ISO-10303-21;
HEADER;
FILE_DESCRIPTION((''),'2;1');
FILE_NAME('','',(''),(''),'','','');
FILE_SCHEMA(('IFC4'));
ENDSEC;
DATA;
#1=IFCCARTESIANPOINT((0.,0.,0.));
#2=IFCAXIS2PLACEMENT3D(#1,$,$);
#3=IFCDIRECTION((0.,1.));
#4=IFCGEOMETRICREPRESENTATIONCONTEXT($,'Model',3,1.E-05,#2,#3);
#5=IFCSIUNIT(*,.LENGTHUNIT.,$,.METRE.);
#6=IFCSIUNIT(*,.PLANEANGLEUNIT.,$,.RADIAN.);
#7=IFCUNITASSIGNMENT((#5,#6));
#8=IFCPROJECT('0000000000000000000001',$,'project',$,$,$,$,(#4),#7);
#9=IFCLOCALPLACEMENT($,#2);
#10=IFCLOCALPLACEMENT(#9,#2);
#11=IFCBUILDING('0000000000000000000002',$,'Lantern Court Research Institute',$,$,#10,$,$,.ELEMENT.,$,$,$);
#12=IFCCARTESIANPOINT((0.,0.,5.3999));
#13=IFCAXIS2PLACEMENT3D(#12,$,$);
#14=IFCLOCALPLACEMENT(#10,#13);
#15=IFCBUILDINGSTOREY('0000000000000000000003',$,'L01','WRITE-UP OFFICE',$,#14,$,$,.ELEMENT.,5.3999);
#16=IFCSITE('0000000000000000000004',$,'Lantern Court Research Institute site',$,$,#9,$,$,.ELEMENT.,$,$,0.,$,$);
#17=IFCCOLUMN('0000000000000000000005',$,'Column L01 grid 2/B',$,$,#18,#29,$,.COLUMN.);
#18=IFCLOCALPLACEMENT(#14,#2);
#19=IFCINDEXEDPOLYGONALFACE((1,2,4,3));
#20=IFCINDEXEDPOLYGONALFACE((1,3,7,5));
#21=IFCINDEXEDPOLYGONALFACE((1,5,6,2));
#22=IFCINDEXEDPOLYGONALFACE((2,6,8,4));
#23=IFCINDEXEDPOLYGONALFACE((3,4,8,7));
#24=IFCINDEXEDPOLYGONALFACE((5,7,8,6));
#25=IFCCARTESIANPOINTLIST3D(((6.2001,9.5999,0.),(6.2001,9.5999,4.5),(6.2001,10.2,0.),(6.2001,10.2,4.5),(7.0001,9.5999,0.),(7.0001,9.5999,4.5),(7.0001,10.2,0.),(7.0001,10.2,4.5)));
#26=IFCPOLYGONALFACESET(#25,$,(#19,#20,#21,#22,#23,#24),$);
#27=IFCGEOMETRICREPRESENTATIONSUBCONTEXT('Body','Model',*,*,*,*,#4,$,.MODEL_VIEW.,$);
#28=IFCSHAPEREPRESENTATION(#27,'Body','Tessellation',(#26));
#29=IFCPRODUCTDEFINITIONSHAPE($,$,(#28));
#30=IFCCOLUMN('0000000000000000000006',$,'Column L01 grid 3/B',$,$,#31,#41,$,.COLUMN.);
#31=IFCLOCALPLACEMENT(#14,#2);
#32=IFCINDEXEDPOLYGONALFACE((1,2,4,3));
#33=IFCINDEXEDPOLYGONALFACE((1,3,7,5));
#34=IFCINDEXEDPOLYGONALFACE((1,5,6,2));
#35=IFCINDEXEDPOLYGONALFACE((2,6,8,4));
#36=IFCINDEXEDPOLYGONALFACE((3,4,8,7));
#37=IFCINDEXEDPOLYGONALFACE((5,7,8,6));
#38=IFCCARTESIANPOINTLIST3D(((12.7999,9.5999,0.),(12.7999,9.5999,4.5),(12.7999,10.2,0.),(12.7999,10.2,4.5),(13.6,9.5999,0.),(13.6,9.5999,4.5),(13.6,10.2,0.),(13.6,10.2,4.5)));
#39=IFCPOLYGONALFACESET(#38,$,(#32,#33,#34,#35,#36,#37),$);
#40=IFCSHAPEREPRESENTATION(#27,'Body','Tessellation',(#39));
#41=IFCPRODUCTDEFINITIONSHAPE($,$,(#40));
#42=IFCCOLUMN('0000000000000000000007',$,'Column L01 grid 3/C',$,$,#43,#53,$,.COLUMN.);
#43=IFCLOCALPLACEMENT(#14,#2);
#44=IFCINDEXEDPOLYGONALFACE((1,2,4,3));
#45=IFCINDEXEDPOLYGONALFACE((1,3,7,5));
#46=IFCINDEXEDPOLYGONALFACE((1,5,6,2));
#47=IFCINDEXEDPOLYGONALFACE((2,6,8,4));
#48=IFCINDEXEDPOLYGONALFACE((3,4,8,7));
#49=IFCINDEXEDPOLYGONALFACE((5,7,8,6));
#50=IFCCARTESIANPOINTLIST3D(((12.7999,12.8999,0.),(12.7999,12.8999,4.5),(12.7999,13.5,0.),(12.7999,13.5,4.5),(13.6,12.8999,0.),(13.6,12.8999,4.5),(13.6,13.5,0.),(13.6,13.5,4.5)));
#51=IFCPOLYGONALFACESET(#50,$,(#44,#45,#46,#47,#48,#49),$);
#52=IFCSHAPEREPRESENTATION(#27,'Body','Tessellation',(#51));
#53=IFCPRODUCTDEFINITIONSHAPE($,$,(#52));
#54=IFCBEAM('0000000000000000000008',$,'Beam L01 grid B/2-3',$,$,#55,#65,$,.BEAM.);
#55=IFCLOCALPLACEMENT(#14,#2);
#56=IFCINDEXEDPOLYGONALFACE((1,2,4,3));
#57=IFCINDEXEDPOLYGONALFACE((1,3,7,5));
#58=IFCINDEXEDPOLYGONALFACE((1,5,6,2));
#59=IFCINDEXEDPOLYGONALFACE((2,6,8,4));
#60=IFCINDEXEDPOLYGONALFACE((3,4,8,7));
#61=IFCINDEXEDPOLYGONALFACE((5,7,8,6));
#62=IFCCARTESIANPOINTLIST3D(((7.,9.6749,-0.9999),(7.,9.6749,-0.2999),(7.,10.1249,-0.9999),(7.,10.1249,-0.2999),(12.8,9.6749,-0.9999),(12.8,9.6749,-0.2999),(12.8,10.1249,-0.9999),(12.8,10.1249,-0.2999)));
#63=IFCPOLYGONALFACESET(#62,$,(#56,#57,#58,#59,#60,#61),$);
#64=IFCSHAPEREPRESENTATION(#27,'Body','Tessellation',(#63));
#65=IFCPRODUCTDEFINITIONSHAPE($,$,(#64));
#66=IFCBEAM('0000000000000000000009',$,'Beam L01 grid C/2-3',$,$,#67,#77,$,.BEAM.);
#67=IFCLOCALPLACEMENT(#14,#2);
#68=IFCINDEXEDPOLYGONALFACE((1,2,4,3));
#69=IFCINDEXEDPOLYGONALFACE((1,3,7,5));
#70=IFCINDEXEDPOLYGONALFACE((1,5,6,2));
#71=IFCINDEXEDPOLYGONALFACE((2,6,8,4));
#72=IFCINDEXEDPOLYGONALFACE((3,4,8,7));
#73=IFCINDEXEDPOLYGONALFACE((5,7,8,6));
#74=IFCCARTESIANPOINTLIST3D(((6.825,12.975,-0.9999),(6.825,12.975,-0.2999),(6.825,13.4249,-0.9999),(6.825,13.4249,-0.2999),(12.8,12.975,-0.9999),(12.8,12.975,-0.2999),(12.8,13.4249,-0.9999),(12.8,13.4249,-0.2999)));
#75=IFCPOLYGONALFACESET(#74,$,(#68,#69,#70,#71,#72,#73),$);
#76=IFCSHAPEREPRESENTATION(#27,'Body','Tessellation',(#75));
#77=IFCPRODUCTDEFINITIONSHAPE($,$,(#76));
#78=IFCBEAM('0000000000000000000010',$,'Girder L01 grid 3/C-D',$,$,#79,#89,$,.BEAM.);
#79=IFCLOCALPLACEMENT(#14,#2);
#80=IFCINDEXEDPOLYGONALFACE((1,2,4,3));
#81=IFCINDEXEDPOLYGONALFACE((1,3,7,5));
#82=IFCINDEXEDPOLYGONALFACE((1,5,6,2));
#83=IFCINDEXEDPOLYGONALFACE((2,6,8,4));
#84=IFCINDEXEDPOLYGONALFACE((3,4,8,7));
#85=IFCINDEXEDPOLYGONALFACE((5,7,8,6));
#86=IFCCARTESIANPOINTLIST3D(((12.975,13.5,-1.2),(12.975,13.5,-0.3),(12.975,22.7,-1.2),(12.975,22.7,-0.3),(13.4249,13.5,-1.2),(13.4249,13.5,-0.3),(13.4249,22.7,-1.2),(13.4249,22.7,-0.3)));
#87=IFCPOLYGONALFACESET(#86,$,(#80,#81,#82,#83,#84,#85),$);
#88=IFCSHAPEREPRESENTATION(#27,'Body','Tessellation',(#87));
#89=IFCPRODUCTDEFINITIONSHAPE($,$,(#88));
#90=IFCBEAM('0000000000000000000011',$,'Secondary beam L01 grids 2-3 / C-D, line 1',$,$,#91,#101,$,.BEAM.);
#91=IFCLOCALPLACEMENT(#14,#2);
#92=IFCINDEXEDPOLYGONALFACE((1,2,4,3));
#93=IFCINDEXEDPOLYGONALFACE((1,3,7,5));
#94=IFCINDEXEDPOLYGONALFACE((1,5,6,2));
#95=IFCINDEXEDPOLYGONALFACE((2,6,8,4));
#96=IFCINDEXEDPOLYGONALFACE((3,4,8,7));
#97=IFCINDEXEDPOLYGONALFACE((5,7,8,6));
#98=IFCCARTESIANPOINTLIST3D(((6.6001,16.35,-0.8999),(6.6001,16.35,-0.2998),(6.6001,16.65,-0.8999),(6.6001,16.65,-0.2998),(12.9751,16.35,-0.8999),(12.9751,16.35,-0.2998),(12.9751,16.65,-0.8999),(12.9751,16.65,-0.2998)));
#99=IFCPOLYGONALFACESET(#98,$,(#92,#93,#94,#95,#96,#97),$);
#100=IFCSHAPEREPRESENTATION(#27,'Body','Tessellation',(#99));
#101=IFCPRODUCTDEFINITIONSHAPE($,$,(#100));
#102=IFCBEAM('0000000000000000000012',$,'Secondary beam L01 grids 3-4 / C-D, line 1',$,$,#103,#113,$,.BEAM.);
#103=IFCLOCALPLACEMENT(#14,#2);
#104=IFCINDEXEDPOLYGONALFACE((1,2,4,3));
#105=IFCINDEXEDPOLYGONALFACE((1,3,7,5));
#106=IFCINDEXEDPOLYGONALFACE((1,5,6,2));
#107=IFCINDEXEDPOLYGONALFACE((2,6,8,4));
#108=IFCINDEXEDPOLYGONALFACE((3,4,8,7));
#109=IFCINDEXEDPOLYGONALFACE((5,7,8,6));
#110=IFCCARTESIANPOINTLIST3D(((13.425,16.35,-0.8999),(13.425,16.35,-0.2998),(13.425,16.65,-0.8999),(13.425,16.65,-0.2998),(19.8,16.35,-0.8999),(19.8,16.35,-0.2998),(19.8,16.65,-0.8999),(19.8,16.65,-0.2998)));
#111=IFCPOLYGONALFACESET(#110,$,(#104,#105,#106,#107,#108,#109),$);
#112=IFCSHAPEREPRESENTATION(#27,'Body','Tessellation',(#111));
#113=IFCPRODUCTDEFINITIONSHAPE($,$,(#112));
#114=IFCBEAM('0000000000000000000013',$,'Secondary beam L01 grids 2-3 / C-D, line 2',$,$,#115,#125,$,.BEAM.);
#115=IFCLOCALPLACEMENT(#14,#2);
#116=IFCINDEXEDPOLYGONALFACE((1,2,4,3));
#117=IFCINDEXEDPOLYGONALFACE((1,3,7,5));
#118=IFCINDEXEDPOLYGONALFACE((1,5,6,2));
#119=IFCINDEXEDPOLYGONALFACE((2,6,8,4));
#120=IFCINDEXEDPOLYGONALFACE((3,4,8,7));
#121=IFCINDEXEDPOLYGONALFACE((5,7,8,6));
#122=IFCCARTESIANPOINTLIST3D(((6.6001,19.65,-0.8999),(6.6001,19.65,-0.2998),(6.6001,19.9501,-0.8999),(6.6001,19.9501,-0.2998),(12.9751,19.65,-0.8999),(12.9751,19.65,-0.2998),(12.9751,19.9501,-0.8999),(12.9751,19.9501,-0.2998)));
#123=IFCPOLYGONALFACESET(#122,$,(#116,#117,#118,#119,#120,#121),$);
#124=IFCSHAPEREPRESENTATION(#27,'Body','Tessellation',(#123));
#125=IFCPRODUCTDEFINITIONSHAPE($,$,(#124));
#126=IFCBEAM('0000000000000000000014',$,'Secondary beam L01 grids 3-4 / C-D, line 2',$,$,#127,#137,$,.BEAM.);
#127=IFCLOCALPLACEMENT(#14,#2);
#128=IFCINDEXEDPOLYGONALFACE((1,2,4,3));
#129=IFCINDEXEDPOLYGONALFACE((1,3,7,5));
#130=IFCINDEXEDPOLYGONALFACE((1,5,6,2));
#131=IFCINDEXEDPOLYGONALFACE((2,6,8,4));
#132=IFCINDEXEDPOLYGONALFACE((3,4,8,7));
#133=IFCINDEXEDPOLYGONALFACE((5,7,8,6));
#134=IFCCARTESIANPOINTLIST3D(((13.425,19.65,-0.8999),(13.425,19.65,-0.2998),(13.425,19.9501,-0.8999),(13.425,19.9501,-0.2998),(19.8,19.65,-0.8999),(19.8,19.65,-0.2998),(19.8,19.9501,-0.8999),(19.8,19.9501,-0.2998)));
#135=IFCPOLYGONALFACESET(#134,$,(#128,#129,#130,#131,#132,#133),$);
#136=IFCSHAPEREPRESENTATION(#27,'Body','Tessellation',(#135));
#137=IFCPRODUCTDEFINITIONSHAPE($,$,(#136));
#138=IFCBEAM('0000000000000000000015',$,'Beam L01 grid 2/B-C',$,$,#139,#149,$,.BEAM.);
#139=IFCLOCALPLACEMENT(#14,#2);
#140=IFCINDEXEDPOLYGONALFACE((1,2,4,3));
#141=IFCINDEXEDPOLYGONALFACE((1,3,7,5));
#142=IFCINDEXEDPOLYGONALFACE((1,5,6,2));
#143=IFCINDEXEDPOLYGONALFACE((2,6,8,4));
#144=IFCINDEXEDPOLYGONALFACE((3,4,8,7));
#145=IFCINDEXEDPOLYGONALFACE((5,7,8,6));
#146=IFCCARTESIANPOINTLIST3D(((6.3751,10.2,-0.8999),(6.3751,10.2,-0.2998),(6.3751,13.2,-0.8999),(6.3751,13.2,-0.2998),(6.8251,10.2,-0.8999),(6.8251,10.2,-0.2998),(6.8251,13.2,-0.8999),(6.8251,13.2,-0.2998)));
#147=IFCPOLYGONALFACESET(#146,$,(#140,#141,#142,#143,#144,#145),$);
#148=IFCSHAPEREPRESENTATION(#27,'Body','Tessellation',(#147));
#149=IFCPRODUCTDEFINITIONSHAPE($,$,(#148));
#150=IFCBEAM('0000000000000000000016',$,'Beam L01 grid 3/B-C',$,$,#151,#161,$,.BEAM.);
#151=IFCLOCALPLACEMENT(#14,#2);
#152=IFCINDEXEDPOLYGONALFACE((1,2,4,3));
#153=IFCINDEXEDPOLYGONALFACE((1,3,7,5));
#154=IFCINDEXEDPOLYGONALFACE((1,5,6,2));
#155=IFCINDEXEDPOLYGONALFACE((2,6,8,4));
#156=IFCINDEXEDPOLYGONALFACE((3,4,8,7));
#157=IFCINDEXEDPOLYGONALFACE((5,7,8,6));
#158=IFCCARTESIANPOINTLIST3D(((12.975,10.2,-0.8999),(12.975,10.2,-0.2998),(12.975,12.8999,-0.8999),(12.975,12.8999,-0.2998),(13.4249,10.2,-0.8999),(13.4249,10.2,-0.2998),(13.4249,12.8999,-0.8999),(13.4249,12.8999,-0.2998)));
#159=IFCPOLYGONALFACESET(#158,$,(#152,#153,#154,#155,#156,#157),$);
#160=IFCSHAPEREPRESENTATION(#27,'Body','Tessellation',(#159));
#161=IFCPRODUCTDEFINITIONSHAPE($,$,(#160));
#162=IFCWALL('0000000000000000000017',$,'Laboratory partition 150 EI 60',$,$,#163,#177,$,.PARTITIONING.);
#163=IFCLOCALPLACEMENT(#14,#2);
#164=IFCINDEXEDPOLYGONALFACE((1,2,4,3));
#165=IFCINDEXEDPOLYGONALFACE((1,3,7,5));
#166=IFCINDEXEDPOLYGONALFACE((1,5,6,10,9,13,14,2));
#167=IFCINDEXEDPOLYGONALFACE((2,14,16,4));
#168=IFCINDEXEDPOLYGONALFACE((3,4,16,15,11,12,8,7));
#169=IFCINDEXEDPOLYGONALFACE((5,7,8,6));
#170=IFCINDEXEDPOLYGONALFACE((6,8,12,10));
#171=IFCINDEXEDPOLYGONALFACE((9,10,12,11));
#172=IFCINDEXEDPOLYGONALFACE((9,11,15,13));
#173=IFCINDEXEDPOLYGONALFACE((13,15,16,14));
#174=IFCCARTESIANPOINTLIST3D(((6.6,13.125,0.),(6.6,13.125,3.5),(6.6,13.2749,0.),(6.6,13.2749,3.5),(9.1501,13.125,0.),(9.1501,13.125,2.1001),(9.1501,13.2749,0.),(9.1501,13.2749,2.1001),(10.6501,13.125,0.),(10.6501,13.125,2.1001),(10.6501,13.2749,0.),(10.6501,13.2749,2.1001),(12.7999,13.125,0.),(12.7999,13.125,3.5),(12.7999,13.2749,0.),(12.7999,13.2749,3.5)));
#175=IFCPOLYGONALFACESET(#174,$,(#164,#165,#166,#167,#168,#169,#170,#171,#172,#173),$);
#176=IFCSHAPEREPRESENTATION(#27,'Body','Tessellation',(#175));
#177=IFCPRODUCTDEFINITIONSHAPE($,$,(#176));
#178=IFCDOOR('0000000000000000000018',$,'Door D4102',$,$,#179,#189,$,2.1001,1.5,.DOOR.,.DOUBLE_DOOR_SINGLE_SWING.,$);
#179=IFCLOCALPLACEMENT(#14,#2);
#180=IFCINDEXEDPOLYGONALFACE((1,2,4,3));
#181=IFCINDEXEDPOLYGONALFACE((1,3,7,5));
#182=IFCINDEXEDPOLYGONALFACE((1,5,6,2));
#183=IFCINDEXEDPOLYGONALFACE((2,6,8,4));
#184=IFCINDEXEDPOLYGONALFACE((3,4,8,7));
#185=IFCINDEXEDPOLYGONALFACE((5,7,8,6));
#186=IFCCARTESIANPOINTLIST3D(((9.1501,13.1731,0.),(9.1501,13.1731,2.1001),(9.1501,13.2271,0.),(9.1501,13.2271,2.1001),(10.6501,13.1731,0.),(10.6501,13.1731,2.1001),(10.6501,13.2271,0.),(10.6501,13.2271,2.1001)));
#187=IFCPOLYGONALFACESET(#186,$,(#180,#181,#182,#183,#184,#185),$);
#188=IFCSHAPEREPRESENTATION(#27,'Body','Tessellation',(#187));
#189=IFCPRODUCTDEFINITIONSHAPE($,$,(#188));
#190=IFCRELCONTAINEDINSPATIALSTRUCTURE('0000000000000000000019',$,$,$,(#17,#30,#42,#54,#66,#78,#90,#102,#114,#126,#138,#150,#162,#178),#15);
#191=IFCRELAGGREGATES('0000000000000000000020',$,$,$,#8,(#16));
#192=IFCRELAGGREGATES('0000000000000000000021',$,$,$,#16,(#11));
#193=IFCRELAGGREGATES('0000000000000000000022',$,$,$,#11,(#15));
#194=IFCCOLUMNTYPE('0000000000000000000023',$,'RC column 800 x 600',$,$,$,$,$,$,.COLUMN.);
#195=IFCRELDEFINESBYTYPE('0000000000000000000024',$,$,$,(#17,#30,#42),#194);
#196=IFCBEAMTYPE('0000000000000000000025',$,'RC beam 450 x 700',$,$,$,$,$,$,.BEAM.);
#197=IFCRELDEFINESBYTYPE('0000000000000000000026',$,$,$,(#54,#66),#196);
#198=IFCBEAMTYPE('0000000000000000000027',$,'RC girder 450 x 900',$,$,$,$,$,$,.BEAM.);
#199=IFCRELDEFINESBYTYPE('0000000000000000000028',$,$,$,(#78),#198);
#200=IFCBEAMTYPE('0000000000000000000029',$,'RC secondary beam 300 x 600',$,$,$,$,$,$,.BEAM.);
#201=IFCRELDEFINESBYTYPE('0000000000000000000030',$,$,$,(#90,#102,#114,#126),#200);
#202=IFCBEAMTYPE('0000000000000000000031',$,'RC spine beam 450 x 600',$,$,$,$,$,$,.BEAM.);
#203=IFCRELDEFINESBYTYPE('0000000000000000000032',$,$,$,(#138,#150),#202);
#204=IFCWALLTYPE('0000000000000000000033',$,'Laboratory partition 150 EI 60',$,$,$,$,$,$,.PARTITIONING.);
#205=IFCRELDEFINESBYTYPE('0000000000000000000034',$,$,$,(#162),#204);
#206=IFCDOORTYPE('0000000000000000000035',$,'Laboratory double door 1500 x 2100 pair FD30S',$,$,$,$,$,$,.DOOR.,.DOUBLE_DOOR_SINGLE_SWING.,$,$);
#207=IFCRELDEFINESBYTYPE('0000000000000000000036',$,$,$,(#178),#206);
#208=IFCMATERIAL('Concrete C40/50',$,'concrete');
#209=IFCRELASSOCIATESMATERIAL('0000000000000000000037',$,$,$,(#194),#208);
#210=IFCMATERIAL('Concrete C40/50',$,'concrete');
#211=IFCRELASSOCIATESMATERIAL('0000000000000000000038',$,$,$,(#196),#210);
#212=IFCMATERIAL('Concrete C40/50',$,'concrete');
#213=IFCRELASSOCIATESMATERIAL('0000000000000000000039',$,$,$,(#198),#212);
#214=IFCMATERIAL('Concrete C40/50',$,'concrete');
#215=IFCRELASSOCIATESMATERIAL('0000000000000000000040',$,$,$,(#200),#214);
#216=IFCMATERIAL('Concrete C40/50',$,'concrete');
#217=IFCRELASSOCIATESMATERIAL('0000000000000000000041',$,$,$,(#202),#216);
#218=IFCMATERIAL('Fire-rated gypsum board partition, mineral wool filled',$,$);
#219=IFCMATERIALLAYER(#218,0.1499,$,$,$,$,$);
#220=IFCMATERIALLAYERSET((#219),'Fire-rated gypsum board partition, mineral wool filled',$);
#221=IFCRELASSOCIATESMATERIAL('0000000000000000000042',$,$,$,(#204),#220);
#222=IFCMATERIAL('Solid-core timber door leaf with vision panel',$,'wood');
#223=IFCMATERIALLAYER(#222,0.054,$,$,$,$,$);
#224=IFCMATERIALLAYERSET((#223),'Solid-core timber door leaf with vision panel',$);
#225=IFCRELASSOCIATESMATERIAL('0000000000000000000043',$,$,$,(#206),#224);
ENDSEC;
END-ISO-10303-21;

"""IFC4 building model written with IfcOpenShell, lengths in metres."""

from ifc_helpers import new_model, si_unit, direction, frame, frame_2d, origin, origin_2d, place, context, subcontext, project, spatial, rectangle, extrude, material, layer, layer_set, material_profile, profile_set, type_object, element, fill, save


model = new_model("IFC4")

# Units and contexts
model_context = context("Model", 3, precision=1e-05, world=origin(), true_north=direction((0.0, 1.0)))
body_context = subcontext(model_context, "Body", "Model", "MODEL_VIEW")
ifc_project = project(units=[si_unit("LENGTHUNIT", "METRE"), si_unit("PLANEANGLEUNIT", "RADIAN")], contexts=[model_context])

# Site, building, storey
site_placement = place(None, origin())
site = spatial("IfcSite", under=ifc_project, at=site_placement, Name="Lantern Court Research Institute site", CompositionType="ELEMENT", RefElevation=0.0)
building_placement = place(site_placement, origin())
building = spatial("IfcBuilding", under=site, at=building_placement, Name="Lantern Court Research Institute", CompositionType="ELEMENT")
storey_placement = place(building_placement, frame((0.0, 0.0, 5.3999)))
storey = spatial("IfcBuildingStorey", under=building, at=storey_placement, Name="L01", Description="WRITE-UP OFFICE", CompositionType="ELEMENT", Elevation=5.3999)

# Columns
ifc_material_1 = material(Name="Concrete C40/50", Category="concrete")
ifc_material_profile_1 = material_profile(ifc_material_1, rectangle(XDim=0.8, YDim=0.6001, at=origin_2d()), Name="RC column 800 x 600")
ifc_profile_set_1 = profile_set([ifc_material_profile_1], Name="Concrete C40/50")
column_type = type_object("IfcColumnType", Name="RC column 800 x 600", PredefinedType="COLUMN", material=ifc_profile_set_1)
for number, where, z_axis, x_axis, name in (
    (1, (6.6001, 9.8999, 0.0), (0.0, 0.0, 1.0), (1.0, 0.0, 0.0), "Column L01 grid 2/B"),
    (2, (13.2, 9.8999, 0.0), (0.0, 0.0, 1.0), (1.0, 0.0, 0.0), "Column L01 grid 3/B"),
    (3, (13.2, 13.2, 0.0), (0.0, 0.0, 1.0), (1.0, 0.0, 0.0), "Column L01 grid 3/C"),
):
    element("IfcColumn", number, at=place(storey_placement, frame(where, z_axis=z_axis, x_axis=x_axis)), inside=storey, type_object=column_type, Name=name, PredefinedType="COLUMN", context=body_context, shape_type="SweptSolid", body=[
        extrude(rectangle(XDim=0.8, YDim=0.6001, at=origin_2d()), origin(), (0.0, 0.0, 1.0), 4.5),
    ])

# Beams
ifc_material_2 = material(Name="Concrete C40/50", Category="concrete")
ifc_material_profile_2 = material_profile(ifc_material_2, rectangle(XDim=0.45, YDim=0.7, at=origin_2d()), Name="RC beam 450 x 700")
ifc_profile_set_2 = profile_set([ifc_material_profile_2], Name="Concrete C40/50")
beam_type_1 = type_object("IfcBeamType", Name="RC beam 450 x 700", PredefinedType="BEAM", material=ifc_profile_set_2)
beam_1_placement = place(storey_placement, frame((7.0, 9.8999, -0.6499), z_axis=(1.0, 0.0, 0.0), x_axis=(0.0, 1.0, 0.0)))
element("IfcBeam", 4, at=beam_1_placement, inside=storey, type_object=beam_type_1, Name="Beam L01 grid B/2-3", PredefinedType="BEAM", context=body_context, shape_type="SweptSolid", body=[
    extrude(rectangle(XDim=0.45, YDim=0.7, at=origin_2d()), origin(), (0.0, 0.0, 1.0), 5.8),
])
beam_2_placement = place(storey_placement, frame((6.825, 13.2, -0.6499), z_axis=(1.0, 0.0, 0.0), x_axis=(0.0, 1.0, 0.0)))
element("IfcBeam", 5, at=beam_2_placement, inside=storey, type_object=beam_type_1, Name="Beam L01 grid C/2-3", PredefinedType="BEAM", context=body_context, shape_type="SweptSolid", body=[
    extrude(rectangle(XDim=0.45, YDim=0.7, at=origin_2d()), origin(), (0.0, 0.0, 1.0), 5.9751),
])
ifc_material_3 = material(Name="Concrete C40/50", Category="concrete")
ifc_material_profile_3 = material_profile(ifc_material_3, rectangle(XDim=0.45, YDim=0.8999, at=origin_2d()), Name="RC beam 450 x 900")
ifc_profile_set_3 = profile_set([ifc_material_profile_3], Name="Concrete C40/50")
beam_type_2 = type_object("IfcBeamType", Name="RC girder 450 x 900", PredefinedType="BEAM", material=ifc_profile_set_3)
beam_3_placement = place(storey_placement, frame((13.2, 13.5, -0.75), z_axis=(0.0, 1.0, 0.0), x_axis=(-1.0, 0.0, 0.0)))
element("IfcBeam", 6, at=beam_3_placement, inside=storey, type_object=beam_type_2, Name="Girder L01 grid 3/C-D", PredefinedType="BEAM", context=body_context, shape_type="SweptSolid", body=[
    extrude(rectangle(XDim=0.45, YDim=0.8999, at=origin_2d()), origin(), (0.0, 0.0, 1.0), 9.2),
])
ifc_material_4 = material(Name="Concrete C40/50", Category="concrete")
ifc_material_profile_4 = material_profile(ifc_material_4, rectangle(XDim=0.3, YDim=0.6001, at=origin_2d()), Name="RC beam 300 x 600")
ifc_profile_set_4 = profile_set([ifc_material_profile_4], Name="Concrete C40/50")
beam_type_3 = type_object("IfcBeamType", Name="RC secondary beam 300 x 600", PredefinedType="BEAM", material=ifc_profile_set_4)
for number, where, z_axis, x_axis, name in (
    (7, (6.6001, 16.5, -0.5999), (1.0, 0.0, 0.0), (0.0, 1.0, 0.0), "Secondary beam L01 grids 2-3 / C-D, line 1"),
    (8, (13.425, 16.5, -0.5999), (1.0, 0.0, 0.0), (0.0, 1.0, 0.0), "Secondary beam L01 grids 3-4 / C-D, line 1"),
    (9, (6.6001, 19.8, -0.5999), (1.0, 0.0, 0.0), (0.0, 1.0, 0.0), "Secondary beam L01 grids 2-3 / C-D, line 2"),
    (10, (13.425, 19.8, -0.5999), (1.0, 0.0, 0.0), (0.0, 1.0, 0.0), "Secondary beam L01 grids 3-4 / C-D, line 2"),
):
    element("IfcBeam", number, at=place(storey_placement, frame(where, z_axis=z_axis, x_axis=x_axis)), inside=storey, type_object=beam_type_3, Name=name, PredefinedType="BEAM", context=body_context, shape_type="SweptSolid", body=[
        extrude(rectangle(XDim=0.3, YDim=0.6001, at=origin_2d()), origin(), (0.0, 0.0, 1.0), 6.375),
    ])
ifc_material_5 = material(Name="Concrete C40/50", Category="concrete")
ifc_material_profile_5 = material_profile(ifc_material_5, rectangle(XDim=0.45, YDim=0.6001, at=origin_2d()), Name="RC beam 450 x 600")
ifc_profile_set_5 = profile_set([ifc_material_profile_5], Name="Concrete C40/50")
beam_type_4 = type_object("IfcBeamType", Name="RC spine beam 450 x 600", PredefinedType="BEAM", material=ifc_profile_set_5)
beam_4_placement = place(storey_placement, frame((6.6001, 10.2, -0.5999), z_axis=(0.0, 1.0, 0.0), x_axis=(-1.0, 0.0, 0.0)))
element("IfcBeam", 11, at=beam_4_placement, inside=storey, type_object=beam_type_4, Name="Beam L01 grid 2/B-C", PredefinedType="BEAM", context=body_context, shape_type="SweptSolid", body=[
    extrude(rectangle(XDim=0.45, YDim=0.6001, at=origin_2d()), origin(), (0.0, 0.0, 1.0), 3.0),
])
beam_5_placement = place(storey_placement, frame((13.2, 10.2, -0.5999), z_axis=(0.0, 1.0, 0.0), x_axis=(-1.0, 0.0, 0.0)))
element("IfcBeam", 12, at=beam_5_placement, inside=storey, type_object=beam_type_4, Name="Beam L01 grid 3/B-C", PredefinedType="BEAM", context=body_context, shape_type="SweptSolid", body=[
    extrude(rectangle(XDim=0.45, YDim=0.6001, at=origin_2d()), origin(), (0.0, 0.0, 1.0), 2.7),
])

# Wall, opening, door
ifc_material_6 = material(Name="Fire-rated gypsum board partition, mineral wool filled")
ifc_layer_1 = layer(ifc_material_6, 0.1499)
ifc_layer_set_1 = layer_set([ifc_layer_1], Name="Fire-rated gypsum board partition, mineral wool filled")
wall_type_1 = type_object("IfcWallType", Name="Laboratory partition 150 EI 60", PredefinedType="PARTITIONING", material=ifc_layer_set_1)
wall_1_placement = place(storey_placement, frame((12.8, 13.2, 0.0), z_axis=(0.0, 0.0, 1.0), x_axis=(-1.0, 0.0, 0.0)))
wall_1 = element("IfcWall", 13, at=wall_1_placement, inside=storey, type_object=wall_type_1, Name="Laboratory partition 150 EI 60", PredefinedType="PARTITIONING", context=body_context, shape_type="SweptSolid", body=[
    extrude(rectangle(XDim=6.2, YDim=0.1499, at=frame_2d((3.1001, 0.0))), origin(), (0.0, 0.0, 1.0), 3.5),
])
opening_1_placement = place(wall_1_placement, frame((2.1499, 0.0, 0.0)))
opening_1 = element("IfcOpeningElement", 14, at=opening_1_placement, cuts=wall_1, PredefinedType="OPENING", context=body_context, shape_type="SweptSolid", body=[
    extrude(rectangle(XDim=1.5, YDim=2.1001, at=frame_2d((0.75, 1.05))), frame((0.0, 0.085, 0.0), z_axis=(0.0, -1.0, 0.0), x_axis=(1.0, 0.0, 0.0)), (0.0, 0.0, 1.0), 0.1699),
])
ifc_material_7 = material(Name="Solid-core timber door leaf with vision panel", Category="wood")
ifc_layer_2 = layer(ifc_material_7, 0.054)
ifc_layer_set_2 = layer_set([ifc_layer_2], Name="Solid-core timber door leaf with vision panel")
door_type_1 = type_object("IfcDoorType", Name="Laboratory double door 1500 x 2100 pair FD30S", OperationType="DOUBLE_DOOR_SINGLE_SWING", PredefinedType="DOOR", material=ifc_layer_set_2)
door_1_placement = place(opening_1_placement, origin())
door_1 = element("IfcDoor", 15, at=door_1_placement, inside=storey, type_object=door_type_1, Name="Door D4102", OperationType="DOUBLE_DOOR_SINGLE_SWING", OverallHeight=2.1001, OverallWidth=1.5, PredefinedType="DOOR", context=body_context, shape_type="SweptSolid", body=[
    extrude(rectangle(XDim=1.5, YDim=2.1001, at=frame_2d((0.75, 1.05))), frame((0.0, 0.0269, 0.0), z_axis=(0.0, -1.0, 0.0), x_axis=(1.0, 0.0, 0.0)), (0.0, 0.0, 1.0), 0.054),
])
fill(opening_1, door_1)

save(model, "model.ifc")
